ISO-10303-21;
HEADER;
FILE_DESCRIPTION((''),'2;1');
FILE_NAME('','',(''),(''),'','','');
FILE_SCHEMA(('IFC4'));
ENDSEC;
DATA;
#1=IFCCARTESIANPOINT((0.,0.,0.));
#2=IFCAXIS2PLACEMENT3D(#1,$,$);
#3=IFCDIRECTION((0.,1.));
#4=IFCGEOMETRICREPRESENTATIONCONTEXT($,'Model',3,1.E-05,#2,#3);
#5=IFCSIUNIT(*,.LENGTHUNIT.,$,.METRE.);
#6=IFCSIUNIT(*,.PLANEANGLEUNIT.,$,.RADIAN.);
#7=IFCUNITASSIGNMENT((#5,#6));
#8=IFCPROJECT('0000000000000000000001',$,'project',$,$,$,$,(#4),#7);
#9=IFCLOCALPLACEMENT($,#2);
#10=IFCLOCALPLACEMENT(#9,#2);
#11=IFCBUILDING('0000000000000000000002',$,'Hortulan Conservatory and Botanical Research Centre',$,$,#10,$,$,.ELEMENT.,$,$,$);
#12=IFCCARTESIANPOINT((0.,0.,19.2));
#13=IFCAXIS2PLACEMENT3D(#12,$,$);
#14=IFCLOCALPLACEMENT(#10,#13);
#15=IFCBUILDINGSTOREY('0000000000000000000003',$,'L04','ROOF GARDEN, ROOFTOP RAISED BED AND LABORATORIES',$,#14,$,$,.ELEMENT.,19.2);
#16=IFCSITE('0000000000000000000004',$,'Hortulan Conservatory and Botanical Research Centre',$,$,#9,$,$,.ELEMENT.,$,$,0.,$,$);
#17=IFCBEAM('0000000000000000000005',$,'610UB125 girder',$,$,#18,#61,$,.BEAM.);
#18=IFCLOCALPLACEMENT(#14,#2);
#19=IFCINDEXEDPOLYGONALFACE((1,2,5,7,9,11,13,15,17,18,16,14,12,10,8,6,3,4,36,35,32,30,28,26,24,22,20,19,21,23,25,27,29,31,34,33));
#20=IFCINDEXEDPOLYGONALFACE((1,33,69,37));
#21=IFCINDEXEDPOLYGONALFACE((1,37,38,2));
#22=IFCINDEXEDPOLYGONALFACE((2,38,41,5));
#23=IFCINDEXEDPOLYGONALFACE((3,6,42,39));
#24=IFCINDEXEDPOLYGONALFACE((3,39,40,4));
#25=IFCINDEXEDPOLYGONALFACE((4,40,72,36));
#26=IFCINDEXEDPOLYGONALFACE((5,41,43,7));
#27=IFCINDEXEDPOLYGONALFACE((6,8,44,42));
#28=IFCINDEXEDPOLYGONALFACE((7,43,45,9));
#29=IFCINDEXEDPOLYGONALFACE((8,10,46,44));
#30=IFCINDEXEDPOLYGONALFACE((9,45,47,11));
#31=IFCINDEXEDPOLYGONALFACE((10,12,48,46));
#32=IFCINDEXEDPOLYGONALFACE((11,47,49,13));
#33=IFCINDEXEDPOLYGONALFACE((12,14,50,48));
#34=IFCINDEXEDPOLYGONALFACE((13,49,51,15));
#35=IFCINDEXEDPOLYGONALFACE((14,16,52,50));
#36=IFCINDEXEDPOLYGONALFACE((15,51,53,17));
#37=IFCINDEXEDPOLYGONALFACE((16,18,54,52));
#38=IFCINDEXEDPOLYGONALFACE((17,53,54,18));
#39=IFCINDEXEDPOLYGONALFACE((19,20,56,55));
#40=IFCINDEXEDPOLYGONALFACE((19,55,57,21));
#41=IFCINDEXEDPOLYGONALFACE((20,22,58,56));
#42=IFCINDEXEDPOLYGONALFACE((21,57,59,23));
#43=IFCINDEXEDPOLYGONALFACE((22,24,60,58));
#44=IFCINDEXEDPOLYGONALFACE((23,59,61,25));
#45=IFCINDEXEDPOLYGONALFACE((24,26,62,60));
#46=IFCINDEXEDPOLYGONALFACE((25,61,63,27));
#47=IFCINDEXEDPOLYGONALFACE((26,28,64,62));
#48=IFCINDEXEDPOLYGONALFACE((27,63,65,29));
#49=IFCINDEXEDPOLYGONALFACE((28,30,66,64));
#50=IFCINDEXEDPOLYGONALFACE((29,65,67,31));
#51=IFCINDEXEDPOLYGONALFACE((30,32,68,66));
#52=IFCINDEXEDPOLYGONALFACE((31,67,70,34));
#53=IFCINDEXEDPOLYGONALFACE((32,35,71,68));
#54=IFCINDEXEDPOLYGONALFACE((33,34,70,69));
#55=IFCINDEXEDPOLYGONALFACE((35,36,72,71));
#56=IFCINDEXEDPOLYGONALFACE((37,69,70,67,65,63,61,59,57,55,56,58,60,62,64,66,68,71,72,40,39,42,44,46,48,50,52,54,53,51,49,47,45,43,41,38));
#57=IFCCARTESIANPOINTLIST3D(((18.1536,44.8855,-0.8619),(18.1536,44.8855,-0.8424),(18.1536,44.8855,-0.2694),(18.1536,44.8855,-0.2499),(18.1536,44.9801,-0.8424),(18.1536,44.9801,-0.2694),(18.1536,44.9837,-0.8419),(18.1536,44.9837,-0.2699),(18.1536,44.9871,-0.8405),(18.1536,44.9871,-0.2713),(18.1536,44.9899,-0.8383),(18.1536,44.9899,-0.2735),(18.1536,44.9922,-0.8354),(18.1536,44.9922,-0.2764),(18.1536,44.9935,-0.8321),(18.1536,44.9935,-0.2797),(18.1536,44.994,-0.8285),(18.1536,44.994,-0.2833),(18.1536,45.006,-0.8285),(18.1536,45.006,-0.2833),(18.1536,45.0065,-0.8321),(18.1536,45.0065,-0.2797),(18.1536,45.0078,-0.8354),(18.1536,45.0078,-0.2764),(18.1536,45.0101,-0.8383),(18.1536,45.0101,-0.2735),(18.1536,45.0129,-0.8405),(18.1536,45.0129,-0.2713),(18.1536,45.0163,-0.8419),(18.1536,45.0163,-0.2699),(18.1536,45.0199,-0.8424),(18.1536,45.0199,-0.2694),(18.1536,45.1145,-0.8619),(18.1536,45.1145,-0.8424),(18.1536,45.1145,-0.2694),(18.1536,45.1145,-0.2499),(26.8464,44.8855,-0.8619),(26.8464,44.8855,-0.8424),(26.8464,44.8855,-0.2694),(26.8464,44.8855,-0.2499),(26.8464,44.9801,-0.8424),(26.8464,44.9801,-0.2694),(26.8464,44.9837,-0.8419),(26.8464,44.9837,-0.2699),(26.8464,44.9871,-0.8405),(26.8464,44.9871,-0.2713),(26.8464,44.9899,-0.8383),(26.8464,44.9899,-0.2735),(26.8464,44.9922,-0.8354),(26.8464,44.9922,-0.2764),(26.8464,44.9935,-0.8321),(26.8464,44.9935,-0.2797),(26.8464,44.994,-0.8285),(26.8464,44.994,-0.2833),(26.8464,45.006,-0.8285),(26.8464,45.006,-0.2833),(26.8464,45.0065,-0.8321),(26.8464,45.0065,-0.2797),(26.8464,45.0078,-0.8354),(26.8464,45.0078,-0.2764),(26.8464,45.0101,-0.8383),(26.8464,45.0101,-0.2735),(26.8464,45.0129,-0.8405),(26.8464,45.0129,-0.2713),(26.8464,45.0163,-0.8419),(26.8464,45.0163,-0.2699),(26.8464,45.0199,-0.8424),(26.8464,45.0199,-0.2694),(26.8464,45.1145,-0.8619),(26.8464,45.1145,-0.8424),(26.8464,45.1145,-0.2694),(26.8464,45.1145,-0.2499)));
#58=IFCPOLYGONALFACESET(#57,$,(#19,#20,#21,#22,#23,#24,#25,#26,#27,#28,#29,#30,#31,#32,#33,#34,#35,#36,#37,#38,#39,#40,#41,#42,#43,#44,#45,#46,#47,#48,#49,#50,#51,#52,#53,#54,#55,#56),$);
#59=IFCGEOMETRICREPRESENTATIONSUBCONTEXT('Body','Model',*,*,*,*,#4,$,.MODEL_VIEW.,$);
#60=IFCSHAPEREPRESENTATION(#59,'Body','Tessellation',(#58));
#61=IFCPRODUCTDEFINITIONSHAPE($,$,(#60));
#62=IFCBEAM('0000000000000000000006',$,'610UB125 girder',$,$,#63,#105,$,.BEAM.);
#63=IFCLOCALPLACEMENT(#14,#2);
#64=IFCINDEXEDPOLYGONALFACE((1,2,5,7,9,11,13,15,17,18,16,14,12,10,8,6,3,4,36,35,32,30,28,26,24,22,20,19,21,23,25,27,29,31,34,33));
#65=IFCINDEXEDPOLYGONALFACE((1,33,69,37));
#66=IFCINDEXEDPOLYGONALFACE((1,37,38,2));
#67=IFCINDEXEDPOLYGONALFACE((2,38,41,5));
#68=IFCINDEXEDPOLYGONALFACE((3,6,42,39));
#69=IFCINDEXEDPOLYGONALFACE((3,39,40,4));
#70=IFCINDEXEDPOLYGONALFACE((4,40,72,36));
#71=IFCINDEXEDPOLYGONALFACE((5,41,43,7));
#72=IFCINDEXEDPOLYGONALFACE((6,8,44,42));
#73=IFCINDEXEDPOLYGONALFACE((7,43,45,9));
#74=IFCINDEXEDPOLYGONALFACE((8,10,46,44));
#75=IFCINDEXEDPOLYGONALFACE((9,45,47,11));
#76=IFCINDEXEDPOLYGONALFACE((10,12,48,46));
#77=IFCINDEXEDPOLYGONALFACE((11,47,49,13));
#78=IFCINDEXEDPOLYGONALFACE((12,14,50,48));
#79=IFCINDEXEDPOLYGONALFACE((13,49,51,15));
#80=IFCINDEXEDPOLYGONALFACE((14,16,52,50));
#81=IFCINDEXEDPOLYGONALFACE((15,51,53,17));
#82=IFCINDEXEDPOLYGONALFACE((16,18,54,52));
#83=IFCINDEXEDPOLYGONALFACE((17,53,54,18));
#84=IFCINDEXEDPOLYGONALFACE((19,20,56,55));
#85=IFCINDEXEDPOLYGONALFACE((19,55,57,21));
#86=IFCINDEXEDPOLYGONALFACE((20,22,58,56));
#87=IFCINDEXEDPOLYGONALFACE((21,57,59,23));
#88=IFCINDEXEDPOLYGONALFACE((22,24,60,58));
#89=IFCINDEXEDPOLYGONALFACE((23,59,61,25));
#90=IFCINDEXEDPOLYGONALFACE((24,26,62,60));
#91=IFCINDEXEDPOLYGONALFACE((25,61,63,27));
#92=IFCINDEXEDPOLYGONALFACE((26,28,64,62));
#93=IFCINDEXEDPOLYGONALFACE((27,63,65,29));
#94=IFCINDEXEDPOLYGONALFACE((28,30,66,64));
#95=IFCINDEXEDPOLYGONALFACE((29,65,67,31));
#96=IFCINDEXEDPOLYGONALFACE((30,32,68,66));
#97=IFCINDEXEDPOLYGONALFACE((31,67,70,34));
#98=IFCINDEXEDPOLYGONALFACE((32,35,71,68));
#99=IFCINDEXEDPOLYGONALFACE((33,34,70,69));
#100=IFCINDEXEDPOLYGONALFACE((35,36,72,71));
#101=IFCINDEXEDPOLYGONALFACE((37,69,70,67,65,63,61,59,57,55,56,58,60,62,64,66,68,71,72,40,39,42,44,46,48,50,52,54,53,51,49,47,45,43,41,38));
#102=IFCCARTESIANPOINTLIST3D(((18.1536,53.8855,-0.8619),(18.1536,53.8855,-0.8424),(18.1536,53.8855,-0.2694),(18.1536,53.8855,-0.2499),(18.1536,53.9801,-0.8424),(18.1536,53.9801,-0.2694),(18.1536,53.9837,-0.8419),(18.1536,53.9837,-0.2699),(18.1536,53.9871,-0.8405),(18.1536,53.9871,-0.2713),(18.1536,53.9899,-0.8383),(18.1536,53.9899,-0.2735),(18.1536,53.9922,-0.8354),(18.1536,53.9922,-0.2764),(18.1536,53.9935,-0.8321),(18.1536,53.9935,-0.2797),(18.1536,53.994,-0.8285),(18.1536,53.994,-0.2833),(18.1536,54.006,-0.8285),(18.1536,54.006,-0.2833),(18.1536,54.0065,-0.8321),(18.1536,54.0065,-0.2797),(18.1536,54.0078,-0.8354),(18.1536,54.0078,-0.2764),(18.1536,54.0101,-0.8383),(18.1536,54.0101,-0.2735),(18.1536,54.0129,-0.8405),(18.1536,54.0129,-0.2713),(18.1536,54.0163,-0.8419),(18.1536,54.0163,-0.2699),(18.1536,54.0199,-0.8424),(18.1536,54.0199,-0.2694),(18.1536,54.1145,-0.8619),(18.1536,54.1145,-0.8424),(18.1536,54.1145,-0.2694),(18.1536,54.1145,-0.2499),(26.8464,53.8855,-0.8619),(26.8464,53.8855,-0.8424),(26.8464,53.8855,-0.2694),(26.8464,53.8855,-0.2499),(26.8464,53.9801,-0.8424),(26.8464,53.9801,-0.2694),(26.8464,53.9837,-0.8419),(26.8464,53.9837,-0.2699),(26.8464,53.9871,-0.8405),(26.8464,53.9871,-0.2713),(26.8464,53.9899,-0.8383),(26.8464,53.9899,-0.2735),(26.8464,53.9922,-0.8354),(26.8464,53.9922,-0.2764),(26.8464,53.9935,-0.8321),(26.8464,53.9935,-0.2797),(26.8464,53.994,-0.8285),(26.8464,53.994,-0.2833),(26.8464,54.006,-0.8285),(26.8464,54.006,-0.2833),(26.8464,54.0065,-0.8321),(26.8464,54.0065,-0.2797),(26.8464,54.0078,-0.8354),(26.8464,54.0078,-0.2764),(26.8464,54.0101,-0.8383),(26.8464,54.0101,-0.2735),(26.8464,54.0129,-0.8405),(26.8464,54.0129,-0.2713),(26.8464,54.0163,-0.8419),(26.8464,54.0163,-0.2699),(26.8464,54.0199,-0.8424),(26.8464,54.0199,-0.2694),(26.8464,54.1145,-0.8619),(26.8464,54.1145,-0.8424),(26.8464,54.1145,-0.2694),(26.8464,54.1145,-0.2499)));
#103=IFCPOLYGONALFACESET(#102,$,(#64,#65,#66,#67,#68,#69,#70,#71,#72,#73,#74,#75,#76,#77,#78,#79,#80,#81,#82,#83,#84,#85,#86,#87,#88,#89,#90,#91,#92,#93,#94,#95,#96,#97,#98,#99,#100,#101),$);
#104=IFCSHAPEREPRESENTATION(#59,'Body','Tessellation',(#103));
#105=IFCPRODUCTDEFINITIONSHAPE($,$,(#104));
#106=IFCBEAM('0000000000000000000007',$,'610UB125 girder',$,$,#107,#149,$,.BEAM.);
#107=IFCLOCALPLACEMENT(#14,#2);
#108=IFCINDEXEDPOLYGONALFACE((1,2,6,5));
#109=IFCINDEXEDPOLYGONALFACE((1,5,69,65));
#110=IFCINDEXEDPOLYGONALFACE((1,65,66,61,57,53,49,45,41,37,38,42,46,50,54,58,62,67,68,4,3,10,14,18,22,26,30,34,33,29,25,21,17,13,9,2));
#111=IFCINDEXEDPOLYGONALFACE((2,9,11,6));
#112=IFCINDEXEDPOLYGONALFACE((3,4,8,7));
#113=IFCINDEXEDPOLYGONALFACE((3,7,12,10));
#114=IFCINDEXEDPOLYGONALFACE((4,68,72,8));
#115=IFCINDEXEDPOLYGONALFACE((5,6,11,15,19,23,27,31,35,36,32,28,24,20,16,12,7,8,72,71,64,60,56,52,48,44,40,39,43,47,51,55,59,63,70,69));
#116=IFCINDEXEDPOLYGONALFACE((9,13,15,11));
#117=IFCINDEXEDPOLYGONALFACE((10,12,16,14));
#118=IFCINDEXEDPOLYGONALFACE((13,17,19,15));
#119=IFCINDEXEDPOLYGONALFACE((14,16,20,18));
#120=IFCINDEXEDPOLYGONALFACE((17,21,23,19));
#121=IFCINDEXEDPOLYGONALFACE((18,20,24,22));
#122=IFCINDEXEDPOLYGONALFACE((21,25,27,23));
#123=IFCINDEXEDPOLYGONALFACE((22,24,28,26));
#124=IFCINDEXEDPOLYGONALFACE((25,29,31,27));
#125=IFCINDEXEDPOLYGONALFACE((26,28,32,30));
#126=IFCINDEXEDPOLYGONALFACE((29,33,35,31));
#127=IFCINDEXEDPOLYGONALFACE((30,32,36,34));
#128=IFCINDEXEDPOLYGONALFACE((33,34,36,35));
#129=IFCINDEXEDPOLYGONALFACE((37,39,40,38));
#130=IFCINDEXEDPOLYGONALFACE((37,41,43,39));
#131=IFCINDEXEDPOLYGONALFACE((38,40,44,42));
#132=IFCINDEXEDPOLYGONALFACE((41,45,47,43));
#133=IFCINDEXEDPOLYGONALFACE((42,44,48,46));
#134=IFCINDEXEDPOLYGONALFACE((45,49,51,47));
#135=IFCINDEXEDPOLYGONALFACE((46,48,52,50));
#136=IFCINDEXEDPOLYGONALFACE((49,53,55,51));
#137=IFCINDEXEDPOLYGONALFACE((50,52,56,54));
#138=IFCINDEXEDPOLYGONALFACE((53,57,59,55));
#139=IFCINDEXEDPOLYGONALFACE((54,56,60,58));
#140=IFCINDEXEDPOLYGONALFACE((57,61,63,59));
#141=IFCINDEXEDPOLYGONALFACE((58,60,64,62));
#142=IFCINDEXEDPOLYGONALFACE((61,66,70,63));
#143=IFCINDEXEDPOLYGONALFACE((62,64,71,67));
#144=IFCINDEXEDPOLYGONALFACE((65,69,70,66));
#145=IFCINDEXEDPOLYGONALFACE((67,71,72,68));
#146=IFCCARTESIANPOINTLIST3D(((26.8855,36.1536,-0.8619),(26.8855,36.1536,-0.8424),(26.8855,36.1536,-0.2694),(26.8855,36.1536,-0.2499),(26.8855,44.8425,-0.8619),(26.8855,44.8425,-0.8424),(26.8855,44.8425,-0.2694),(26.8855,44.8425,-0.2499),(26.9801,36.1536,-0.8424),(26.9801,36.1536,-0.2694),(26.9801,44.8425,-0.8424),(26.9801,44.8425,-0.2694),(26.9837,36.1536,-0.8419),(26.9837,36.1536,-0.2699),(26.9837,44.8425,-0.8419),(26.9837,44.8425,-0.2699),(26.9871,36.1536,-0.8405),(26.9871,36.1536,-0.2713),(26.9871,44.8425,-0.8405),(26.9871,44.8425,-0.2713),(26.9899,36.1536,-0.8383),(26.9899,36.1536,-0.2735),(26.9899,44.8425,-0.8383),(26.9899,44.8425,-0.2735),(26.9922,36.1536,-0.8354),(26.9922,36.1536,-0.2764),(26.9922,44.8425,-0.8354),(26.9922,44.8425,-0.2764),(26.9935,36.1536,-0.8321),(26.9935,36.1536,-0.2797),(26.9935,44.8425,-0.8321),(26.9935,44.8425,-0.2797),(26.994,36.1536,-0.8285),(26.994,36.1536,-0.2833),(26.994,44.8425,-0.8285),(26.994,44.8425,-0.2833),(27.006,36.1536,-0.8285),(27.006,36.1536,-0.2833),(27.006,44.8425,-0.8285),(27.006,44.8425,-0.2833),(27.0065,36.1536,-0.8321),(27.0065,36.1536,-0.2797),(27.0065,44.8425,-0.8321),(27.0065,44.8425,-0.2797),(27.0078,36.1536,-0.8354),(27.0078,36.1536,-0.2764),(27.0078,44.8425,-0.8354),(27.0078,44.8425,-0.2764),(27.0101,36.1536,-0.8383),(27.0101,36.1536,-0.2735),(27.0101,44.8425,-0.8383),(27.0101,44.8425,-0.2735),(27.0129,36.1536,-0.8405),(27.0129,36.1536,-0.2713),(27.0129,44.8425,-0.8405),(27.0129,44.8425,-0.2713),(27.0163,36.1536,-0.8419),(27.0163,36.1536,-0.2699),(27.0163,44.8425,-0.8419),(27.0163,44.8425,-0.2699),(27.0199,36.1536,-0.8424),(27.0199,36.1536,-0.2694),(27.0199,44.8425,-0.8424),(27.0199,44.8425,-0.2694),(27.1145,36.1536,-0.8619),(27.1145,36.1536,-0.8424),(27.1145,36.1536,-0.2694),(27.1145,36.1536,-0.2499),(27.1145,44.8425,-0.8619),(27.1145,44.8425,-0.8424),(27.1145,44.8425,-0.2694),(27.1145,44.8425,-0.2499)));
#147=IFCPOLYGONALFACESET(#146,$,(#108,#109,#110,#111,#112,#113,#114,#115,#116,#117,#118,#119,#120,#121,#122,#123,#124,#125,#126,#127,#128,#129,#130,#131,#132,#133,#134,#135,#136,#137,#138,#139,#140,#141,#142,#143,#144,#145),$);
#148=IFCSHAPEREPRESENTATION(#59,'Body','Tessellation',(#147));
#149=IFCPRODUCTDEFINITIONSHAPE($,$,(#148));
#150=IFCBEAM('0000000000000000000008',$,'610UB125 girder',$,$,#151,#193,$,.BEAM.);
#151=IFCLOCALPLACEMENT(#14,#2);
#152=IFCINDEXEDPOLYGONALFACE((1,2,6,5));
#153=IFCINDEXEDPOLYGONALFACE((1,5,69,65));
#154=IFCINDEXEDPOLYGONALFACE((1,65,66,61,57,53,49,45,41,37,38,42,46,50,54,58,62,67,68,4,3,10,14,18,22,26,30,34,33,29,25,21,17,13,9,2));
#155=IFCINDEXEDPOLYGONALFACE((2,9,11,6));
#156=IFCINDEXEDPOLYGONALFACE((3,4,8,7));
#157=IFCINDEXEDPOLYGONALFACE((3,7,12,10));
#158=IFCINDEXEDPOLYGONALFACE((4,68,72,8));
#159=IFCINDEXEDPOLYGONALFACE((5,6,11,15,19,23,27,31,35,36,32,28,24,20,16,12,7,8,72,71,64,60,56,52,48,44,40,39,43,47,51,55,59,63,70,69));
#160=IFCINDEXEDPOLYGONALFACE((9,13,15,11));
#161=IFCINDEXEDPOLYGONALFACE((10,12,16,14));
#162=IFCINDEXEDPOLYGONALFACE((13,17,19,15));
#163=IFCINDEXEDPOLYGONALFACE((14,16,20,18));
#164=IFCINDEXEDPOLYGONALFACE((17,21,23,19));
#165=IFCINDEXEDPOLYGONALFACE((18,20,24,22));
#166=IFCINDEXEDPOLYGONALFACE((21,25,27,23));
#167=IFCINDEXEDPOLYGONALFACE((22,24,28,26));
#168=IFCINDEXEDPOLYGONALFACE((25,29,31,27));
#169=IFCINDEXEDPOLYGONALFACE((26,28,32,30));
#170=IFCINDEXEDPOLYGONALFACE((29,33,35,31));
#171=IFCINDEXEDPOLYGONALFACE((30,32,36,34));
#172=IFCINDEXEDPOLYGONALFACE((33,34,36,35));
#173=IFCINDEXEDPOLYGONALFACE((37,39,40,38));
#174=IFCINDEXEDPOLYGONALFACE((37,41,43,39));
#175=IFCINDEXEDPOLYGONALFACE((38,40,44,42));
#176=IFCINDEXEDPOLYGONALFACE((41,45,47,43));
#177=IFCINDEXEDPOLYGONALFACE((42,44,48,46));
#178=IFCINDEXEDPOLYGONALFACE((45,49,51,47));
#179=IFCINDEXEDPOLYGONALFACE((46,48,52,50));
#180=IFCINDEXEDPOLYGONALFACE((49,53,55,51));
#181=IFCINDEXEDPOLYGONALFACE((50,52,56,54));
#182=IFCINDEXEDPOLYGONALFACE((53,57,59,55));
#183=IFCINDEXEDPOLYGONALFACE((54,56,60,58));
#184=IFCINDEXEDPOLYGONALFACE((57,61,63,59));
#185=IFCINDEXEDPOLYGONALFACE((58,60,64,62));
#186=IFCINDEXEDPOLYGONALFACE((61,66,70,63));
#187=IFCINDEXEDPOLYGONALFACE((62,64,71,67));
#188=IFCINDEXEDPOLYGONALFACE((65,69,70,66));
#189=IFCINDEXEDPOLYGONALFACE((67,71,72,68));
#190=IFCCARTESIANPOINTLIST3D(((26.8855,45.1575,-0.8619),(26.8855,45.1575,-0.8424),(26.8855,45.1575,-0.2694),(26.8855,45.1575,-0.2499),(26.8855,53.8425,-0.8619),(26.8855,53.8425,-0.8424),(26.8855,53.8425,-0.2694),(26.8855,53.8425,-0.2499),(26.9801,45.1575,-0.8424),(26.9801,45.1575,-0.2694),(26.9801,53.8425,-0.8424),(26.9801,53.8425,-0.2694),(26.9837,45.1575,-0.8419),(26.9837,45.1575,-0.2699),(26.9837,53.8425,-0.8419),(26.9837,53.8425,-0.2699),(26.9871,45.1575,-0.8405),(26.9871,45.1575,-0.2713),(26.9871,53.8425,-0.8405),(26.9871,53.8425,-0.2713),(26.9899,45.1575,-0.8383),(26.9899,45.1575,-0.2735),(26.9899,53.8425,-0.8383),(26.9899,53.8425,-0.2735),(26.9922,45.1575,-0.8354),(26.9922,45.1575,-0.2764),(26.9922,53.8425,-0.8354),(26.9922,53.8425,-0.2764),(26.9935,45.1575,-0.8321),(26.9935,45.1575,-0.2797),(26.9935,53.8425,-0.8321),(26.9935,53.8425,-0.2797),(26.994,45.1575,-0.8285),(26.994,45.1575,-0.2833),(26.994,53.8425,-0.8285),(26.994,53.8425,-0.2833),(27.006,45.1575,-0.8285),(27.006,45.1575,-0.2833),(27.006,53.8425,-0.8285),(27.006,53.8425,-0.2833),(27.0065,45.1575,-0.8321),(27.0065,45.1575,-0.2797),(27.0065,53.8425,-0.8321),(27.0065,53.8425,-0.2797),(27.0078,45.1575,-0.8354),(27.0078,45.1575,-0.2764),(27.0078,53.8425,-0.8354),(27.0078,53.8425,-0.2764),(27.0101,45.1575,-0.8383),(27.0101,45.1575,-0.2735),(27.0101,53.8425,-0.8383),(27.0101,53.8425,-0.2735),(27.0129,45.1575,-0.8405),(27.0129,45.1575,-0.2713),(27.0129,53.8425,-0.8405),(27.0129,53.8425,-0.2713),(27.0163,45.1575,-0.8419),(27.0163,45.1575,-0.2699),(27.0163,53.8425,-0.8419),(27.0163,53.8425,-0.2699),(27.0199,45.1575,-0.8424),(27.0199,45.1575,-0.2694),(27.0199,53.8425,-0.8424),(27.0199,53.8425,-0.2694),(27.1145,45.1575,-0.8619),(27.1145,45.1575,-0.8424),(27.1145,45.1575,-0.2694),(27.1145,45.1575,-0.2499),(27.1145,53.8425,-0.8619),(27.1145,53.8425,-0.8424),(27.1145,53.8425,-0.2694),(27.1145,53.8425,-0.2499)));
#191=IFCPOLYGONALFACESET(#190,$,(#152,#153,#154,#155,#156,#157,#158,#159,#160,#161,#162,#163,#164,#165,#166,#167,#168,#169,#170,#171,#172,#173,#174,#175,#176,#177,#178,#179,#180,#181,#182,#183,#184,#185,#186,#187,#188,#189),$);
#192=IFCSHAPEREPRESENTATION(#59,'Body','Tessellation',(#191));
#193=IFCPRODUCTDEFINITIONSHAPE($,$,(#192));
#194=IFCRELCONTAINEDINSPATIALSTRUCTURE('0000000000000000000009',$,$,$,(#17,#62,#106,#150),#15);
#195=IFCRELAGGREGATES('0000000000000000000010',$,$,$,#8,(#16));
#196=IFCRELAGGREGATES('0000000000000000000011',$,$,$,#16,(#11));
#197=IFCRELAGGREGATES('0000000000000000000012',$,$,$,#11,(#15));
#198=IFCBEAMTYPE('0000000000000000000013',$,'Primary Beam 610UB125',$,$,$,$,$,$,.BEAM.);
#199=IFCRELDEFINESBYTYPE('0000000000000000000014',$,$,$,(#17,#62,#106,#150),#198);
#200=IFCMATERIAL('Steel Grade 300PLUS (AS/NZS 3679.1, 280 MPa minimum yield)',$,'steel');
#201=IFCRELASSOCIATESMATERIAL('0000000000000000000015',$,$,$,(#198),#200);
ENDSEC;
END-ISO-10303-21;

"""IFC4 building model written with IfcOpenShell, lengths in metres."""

from ifc_helpers import new_model, si_unit, direction, frame, origin, origin_2d, place, context, subcontext, project, spatial, i_section, extrude, material, material_profile, profile_set, type_object, element, save


model = new_model("IFC4")

# Units and contexts
model_context = context("Model", 3, precision=1e-05, world=origin(), true_north=direction((0.0, 1.0)))
body_context = subcontext(model_context, "Body", "Model", "MODEL_VIEW")
ifc_project = project(units=[si_unit("LENGTHUNIT", "METRE"), si_unit("PLANEANGLEUNIT", "RADIAN")], contexts=[model_context])

# Site, building, storey
site_placement = place(None, origin())
site = spatial("IfcSite", under=ifc_project, at=site_placement, Name="Hortulan Conservatory and Botanical Research Centre", CompositionType="ELEMENT", RefElevation=0.0)
building_placement = place(site_placement, origin())
building = spatial("IfcBuilding", under=site, at=building_placement, Name="Hortulan Conservatory and Botanical Research Centre", CompositionType="ELEMENT")
storey_placement = place(building_placement, frame((0.0, 0.0, 19.2)))
storey = spatial("IfcBuildingStorey", under=building, at=storey_placement, Name="L04", Description="ROOF GARDEN, ROOFTOP RAISED BED AND LABORATORIES", CompositionType="ELEMENT", Elevation=19.2)

# Beams
ifc_material_1 = material(Name="Steel Grade 300PLUS (AS/NZS 3679.1, 280 MPa minimum yield)", Category="steel")
ifc_material_profile_1 = material_profile(ifc_material_1, i_section(OverallWidth=0.229, OverallDepth=0.6121, WebThickness=0.012, FlangeThickness=0.0195, FilletRadius=0.0139, at=origin_2d()), Name="610UB125")
ifc_profile_set_1 = profile_set([ifc_material_profile_1], Name="Steel Grade 300PLUS (AS/NZS 3679.1, 280 MPa minimum yield)")
beam_type_1 = type_object("IfcBeamType", Name="Primary Beam 610UB125", PredefinedType="BEAM", material=ifc_profile_set_1)
for number, where, z_axis, x_axis, name in (
    (1, (18.1536, 45.0, -0.5559), (1.0, 0.0, 0.0), (0.0, 1.0, 0.0), "610UB125 girder"),
    (2, (18.1536, 54.0, -0.5559), (1.0, 0.0, 0.0), (0.0, 1.0, 0.0), "610UB125 girder"),
):
    element("IfcBeam", number, at=place(storey_placement, frame(where, z_axis=z_axis, x_axis=x_axis)), inside=storey, type_object=beam_type_1, Name=name, PredefinedType="BEAM", context=body_context, shape_type="SweptSolid", body=[
        extrude(i_section(OverallWidth=0.229, OverallDepth=0.6121, WebThickness=0.012, FlangeThickness=0.0195, FilletRadius=0.0139, at=origin_2d()), origin(), (0.0, 0.0, 1.0), 8.6929),
    ])
beam_1_placement = place(storey_placement, frame((27.0, 36.1536, -0.5559), z_axis=(0.0, 1.0, 0.0), x_axis=(-1.0, 0.0, 0.0)))
element("IfcBeam", 3, at=beam_1_placement, inside=storey, type_object=beam_type_1, Name="610UB125 girder", PredefinedType="BEAM", context=body_context, shape_type="SweptSolid", body=[
    extrude(i_section(OverallWidth=0.229, OverallDepth=0.6121, WebThickness=0.012, FlangeThickness=0.0195, FilletRadius=0.0139, at=origin_2d()), origin(), (0.0, 0.0, 1.0), 8.689),
])
beam_2_placement = place(storey_placement, frame((27.0, 45.1575, -0.5559), z_axis=(0.0, 1.0, 0.0), x_axis=(-1.0, 0.0, 0.0)))
element("IfcBeam", 4, at=beam_2_placement, inside=storey, type_object=beam_type_1, Name="610UB125 girder", PredefinedType="BEAM", context=body_context, shape_type="SweptSolid", body=[
    extrude(i_section(OverallWidth=0.229, OverallDepth=0.6121, WebThickness=0.012, FlangeThickness=0.0195, FilletRadius=0.0139, at=origin_2d()), origin(), (0.0, 0.0, 1.0), 8.6851),
])

save(model, "model.ifc")
